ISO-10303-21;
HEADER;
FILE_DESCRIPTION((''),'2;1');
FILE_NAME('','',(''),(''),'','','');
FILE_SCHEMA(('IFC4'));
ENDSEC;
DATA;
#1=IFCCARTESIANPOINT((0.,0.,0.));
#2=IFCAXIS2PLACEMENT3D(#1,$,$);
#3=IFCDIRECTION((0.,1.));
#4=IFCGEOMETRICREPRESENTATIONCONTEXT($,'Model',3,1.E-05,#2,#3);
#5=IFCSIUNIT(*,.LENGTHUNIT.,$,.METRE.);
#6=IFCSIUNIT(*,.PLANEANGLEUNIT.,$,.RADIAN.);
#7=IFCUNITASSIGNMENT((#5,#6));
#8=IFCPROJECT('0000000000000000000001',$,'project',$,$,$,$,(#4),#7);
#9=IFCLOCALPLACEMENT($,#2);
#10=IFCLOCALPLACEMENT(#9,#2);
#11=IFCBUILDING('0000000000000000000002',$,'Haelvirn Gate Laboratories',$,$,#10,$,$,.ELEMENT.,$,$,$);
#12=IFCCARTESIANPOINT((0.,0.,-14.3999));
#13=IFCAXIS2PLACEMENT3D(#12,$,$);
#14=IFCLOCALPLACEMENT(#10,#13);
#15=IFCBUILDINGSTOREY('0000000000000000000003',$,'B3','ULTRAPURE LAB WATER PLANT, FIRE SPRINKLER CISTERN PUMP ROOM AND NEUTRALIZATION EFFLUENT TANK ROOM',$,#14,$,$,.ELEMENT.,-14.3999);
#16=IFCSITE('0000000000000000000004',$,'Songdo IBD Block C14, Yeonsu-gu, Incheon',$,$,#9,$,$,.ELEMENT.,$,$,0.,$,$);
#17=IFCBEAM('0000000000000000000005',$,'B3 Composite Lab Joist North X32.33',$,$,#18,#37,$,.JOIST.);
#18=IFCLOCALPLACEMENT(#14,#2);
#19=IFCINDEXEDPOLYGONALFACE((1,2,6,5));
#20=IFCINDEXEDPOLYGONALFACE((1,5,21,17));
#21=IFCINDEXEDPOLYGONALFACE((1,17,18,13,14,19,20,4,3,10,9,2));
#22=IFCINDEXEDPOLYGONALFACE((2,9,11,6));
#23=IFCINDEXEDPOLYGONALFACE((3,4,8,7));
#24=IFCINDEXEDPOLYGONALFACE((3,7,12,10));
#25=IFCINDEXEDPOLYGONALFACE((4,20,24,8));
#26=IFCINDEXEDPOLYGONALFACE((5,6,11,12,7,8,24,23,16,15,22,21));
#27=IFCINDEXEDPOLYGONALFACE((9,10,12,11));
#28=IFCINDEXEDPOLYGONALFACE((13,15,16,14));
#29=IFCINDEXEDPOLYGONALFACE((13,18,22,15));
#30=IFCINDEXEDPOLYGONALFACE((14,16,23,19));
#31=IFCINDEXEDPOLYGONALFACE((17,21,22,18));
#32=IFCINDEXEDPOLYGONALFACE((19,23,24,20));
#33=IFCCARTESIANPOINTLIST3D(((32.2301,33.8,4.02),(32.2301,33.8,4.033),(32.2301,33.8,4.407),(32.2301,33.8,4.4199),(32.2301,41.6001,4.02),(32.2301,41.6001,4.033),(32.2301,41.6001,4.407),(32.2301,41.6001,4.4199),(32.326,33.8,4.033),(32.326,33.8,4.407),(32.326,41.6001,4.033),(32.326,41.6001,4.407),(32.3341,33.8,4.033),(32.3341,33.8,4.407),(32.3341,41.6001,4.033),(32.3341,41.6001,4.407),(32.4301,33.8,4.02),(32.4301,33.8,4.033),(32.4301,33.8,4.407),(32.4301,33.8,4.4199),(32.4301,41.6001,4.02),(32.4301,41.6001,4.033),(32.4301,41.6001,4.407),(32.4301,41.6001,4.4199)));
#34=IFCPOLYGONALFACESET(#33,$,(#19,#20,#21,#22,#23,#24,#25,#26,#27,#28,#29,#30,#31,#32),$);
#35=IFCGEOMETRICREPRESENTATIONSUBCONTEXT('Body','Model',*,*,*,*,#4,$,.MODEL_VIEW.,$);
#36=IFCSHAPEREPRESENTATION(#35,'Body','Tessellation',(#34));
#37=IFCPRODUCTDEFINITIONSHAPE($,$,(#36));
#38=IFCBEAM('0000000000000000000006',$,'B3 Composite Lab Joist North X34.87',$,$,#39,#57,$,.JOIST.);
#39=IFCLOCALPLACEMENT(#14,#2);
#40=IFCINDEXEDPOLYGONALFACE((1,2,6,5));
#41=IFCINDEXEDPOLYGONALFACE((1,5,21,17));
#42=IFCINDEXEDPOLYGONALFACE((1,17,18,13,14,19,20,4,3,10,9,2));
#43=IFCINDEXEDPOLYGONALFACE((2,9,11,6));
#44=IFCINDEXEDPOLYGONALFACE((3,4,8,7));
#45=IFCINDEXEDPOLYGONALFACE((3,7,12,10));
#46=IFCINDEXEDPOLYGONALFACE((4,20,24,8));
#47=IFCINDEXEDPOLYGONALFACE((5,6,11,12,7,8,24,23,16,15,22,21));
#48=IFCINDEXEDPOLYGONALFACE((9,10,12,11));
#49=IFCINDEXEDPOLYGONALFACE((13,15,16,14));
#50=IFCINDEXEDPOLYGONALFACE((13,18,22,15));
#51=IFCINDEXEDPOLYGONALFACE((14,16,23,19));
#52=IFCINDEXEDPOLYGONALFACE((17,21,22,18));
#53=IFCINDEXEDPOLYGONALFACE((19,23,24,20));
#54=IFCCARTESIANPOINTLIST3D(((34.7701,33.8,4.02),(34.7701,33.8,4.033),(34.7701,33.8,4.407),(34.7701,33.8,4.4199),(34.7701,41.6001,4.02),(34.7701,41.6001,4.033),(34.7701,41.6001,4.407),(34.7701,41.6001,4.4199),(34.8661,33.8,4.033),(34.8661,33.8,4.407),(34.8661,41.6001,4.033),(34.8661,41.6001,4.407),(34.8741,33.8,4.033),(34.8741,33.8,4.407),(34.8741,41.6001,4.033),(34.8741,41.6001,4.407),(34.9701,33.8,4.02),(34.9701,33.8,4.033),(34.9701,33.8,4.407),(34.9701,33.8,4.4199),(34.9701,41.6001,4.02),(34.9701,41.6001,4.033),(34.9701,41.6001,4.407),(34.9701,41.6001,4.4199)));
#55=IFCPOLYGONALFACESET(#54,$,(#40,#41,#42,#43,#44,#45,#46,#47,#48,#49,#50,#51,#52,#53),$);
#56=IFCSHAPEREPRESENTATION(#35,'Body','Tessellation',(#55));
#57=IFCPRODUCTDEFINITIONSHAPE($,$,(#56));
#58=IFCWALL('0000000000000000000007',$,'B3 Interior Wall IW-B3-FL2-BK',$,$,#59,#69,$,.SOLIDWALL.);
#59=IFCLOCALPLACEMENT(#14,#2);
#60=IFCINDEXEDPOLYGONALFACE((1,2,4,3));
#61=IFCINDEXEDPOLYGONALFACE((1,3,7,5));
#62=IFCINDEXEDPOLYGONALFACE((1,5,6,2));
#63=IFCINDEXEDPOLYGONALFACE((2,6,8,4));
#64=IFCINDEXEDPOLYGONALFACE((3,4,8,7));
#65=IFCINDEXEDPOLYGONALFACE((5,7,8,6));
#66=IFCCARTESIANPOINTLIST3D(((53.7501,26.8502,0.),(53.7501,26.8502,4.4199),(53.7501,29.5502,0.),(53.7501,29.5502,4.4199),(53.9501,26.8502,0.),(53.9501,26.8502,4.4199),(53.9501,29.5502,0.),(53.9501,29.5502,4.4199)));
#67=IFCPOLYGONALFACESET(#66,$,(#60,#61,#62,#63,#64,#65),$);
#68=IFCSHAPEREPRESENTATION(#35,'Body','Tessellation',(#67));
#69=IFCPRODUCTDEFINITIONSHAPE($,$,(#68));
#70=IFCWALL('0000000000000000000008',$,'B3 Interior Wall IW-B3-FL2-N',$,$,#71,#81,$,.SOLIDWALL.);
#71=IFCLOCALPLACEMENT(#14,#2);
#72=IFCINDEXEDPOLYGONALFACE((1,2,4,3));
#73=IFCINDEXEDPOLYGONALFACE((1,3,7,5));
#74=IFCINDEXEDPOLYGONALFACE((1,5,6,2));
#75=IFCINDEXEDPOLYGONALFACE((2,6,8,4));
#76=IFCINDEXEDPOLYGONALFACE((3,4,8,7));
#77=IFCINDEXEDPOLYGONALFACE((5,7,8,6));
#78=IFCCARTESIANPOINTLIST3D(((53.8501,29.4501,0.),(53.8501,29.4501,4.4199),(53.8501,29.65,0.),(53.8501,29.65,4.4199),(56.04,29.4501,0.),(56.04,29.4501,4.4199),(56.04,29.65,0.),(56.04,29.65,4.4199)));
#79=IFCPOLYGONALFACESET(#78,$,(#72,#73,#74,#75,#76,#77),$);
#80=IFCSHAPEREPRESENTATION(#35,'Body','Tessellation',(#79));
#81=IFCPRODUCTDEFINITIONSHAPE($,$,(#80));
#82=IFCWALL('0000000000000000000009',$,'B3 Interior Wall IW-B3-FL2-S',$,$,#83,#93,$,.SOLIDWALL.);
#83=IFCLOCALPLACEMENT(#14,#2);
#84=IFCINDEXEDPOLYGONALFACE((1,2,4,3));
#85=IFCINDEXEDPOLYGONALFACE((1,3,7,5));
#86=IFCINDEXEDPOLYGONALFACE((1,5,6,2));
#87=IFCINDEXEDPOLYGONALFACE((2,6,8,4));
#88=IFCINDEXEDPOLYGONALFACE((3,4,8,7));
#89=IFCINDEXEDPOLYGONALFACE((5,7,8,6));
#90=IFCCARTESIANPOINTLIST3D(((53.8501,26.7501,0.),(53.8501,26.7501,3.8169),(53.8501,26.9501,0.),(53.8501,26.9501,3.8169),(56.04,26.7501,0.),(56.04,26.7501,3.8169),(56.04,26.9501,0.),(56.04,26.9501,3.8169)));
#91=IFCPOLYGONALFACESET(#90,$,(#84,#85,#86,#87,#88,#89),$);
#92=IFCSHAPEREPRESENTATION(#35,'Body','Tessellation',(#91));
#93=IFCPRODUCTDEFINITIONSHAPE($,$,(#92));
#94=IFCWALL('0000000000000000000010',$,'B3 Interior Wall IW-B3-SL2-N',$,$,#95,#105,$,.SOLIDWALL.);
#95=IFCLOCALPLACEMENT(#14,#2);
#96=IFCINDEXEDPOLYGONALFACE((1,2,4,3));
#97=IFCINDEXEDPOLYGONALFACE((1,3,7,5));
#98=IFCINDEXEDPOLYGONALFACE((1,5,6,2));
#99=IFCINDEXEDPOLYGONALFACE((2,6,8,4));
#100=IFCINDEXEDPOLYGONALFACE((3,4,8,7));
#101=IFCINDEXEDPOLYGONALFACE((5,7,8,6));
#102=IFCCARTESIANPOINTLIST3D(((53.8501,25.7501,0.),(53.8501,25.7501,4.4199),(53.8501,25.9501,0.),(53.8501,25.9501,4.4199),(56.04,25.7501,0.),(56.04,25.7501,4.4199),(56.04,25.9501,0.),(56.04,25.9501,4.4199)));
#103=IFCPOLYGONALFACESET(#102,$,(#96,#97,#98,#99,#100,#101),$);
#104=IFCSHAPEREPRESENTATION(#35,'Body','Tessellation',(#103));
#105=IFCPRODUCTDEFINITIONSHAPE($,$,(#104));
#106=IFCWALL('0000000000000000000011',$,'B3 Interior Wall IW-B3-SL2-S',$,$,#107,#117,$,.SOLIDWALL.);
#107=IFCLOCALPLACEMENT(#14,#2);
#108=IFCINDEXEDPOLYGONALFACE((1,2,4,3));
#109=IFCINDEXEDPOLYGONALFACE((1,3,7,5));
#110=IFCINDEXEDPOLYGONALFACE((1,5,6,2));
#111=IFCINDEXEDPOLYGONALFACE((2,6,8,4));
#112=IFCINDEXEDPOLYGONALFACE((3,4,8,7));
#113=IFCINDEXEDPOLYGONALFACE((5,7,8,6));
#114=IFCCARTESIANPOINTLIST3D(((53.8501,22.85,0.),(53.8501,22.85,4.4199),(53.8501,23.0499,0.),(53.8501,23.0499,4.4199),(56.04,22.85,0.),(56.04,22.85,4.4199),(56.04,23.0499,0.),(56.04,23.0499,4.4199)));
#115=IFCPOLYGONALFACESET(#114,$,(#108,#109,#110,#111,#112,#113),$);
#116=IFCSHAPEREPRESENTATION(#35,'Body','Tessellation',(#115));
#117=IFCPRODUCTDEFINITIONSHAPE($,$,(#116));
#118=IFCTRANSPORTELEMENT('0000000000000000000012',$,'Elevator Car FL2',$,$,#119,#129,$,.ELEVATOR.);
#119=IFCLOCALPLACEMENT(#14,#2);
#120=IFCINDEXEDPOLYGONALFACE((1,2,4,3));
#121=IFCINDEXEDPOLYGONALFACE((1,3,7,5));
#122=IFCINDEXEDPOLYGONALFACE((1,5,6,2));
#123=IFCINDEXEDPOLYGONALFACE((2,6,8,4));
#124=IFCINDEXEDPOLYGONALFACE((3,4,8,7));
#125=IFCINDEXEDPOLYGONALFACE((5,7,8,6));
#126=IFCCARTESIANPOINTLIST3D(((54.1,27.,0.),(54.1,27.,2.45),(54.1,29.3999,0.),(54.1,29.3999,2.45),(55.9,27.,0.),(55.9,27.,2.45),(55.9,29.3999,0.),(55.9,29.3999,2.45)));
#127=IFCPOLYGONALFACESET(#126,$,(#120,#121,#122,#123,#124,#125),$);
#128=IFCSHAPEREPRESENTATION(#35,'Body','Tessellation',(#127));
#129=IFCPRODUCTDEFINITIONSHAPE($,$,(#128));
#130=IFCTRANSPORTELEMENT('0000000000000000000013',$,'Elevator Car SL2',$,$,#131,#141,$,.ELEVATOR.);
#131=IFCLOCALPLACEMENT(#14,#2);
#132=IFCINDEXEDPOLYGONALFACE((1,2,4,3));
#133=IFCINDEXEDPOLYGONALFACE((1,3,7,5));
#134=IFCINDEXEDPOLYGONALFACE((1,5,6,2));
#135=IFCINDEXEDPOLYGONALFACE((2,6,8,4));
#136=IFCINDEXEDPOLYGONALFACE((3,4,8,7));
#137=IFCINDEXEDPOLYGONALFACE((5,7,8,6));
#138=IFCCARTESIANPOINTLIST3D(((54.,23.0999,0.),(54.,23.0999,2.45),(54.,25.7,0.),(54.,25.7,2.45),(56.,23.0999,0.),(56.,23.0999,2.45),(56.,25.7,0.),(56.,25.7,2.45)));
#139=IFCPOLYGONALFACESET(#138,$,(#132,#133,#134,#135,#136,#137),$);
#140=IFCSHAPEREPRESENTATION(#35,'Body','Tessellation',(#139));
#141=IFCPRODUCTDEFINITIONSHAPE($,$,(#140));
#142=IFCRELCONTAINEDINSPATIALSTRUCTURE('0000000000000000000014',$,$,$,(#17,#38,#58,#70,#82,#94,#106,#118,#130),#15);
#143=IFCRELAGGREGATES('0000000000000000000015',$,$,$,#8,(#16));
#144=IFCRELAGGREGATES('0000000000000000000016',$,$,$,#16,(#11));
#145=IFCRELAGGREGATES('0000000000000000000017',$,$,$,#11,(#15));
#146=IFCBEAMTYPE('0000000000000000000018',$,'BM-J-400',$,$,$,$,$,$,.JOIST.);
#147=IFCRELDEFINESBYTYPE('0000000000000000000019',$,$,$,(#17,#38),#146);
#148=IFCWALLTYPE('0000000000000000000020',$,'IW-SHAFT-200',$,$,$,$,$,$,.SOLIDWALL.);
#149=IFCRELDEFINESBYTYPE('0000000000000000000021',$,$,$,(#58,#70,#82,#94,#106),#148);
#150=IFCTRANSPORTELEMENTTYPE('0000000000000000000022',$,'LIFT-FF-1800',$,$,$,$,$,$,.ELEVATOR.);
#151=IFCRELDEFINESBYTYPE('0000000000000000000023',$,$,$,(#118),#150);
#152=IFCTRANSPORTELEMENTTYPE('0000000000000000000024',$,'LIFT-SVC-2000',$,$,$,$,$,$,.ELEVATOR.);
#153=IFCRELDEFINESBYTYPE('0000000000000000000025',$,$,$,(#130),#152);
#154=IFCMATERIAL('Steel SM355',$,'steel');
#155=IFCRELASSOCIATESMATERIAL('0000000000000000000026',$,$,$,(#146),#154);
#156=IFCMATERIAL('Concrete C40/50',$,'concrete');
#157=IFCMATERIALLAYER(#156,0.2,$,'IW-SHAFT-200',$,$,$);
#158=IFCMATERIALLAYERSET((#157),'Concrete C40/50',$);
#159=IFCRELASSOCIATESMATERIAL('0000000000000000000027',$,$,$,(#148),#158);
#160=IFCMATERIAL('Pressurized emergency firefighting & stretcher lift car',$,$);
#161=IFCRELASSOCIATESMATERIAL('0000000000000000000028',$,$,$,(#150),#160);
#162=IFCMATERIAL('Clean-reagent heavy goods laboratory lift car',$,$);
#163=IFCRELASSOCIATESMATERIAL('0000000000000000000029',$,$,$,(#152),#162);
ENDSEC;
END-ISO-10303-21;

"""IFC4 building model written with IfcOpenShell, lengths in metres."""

from ifc_helpers import new_model, si_unit, direction, frame, frame_2d, origin, origin_2d, place, context, subcontext, project, spatial, rectangle, i_section, extrude, source, transform, mapped, material, layer, layer_set, material_profile, profile_set, type_object, type_shapes, element, save


model = new_model("IFC4")

# Units and contexts
model_context = context("Model", 3, precision=1e-05, world=origin(), true_north=direction((0.0, 1.0)))
body_context = subcontext(model_context, "Body", "Model", "MODEL_VIEW")
ifc_project = project(units=[si_unit("LENGTHUNIT", "METRE"), si_unit("PLANEANGLEUNIT", "RADIAN")], contexts=[model_context])

# Site, building, storey
site_placement = place(None, origin())
site = spatial("IfcSite", under=ifc_project, at=site_placement, Name="Songdo IBD Block C14, Yeonsu-gu, Incheon", CompositionType="ELEMENT", RefElevation=0.0)
building_placement = place(site_placement, origin())
building = spatial("IfcBuilding", under=site, at=building_placement, Name="Haelvirn Gate Laboratories", CompositionType="ELEMENT")
storey_placement = place(building_placement, frame((0.0, 0.0, -14.3999)))
storey = spatial("IfcBuildingStorey", under=building, at=storey_placement, Name="B3", Description="ULTRAPURE LAB WATER PLANT, FIRE SPRINKLER CISTERN PUMP ROOM AND NEUTRALIZATION EFFLUENT TANK ROOM", CompositionType="ELEMENT", Elevation=-14.3999)

# Beams
ifc_material_1 = material(Name="Steel SM355", Category="steel")
ifc_material_profile_1 = material_profile(ifc_material_1, i_section(OverallWidth=0.2, OverallDepth=0.3999, WebThickness=0.0081, FlangeThickness=0.0129, at=origin_2d()), Name="H-400x200x8x13")
ifc_profile_set_1 = profile_set([ifc_material_profile_1], Name="Steel SM355")
beam_type_1 = type_object("IfcBeamType", Name="BM-J-400", PredefinedType="JOIST", material=ifc_profile_set_1)
shared_shape_1 = source(origin(), body_context, "Body", "SweptSolid", [
    extrude(i_section(OverallWidth=0.2, OverallDepth=0.3999, WebThickness=0.0081, FlangeThickness=0.0129, at=origin_2d()), origin(), (0.0, 0.0, 1.0), 7.8),
])
type_shapes(beam_type_1, [shared_shape_1])
for number, where, z_axis, x_axis, name in (
    (1, (32.3301, 33.8, 4.22), (0.0, 1.0, 0.0), (-1.0, 0.0, 0.0), "B3 Composite Lab Joist North X32.33"),
    (2, (34.8701, 33.8, 4.22), (0.0, 1.0, 0.0), (-1.0, 0.0, 0.0), "B3 Composite Lab Joist North X34.87"),
):
    element("IfcBeam", number, at=place(storey_placement, frame(where, z_axis=z_axis, x_axis=x_axis)), inside=storey, type_object=beam_type_1, Name=name, PredefinedType="JOIST", context=body_context, shape_type="MappedRepresentation", body=[
        mapped(shared_shape_1, transform((0.0, 0.0, 0.0), scale=1.0)),
    ])

# Walls
ifc_material_2 = material(Name="Concrete C40/50", Category="concrete")
ifc_layer = layer(ifc_material_2, 0.2, Name="IW-SHAFT-200")
ifc_layer_set = layer_set([ifc_layer], Name="Concrete C40/50")
wall_type = type_object("IfcWallType", Name="IW-SHAFT-200", PredefinedType="SOLIDWALL", material=ifc_layer_set)
wall_1_placement = place(storey_placement, frame((53.8501, 26.8501, 0.0), z_axis=(0.0, 0.0, 1.0), x_axis=(0.0, 1.0, 0.0)))
element("IfcWall", 3, at=wall_1_placement, inside=storey, type_object=wall_type, Name="B3 Interior Wall IW-B3-FL2-BK", PredefinedType="SOLIDWALL", context=body_context, shape_type="SweptSolid", body=[
    extrude(rectangle(XDim=2.7, YDim=0.2, at=frame_2d((1.3501, 0.0))), origin(), (0.0, 0.0, 1.0), 4.4199),
])
wall_2_placement = place(storey_placement, frame((53.8501, 29.55, 0.0), z_axis=(0.0, 0.0, 1.0), x_axis=(1.0, 0.0, 0.0)))
element("IfcWall", 4, at=wall_2_placement, inside=storey, type_object=wall_type, Name="B3 Interior Wall IW-B3-FL2-N", PredefinedType="SOLIDWALL", context=body_context, shape_type="SweptSolid", body=[
    extrude(rectangle(XDim=2.1899, YDim=0.2, at=frame_2d((1.095, 0.0))), origin(), (0.0, 0.0, 1.0), 4.4199),
])
wall_3_placement = place(storey_placement, frame((53.8501, 26.8501, 0.0), z_axis=(0.0, 0.0, 1.0), x_axis=(1.0, 0.0, 0.0)))
element("IfcWall", 5, at=wall_3_placement, inside=storey, type_object=wall_type, Name="B3 Interior Wall IW-B3-FL2-S", PredefinedType="SOLIDWALL", context=body_context, shape_type="SweptSolid", body=[
    extrude(rectangle(XDim=2.1899, YDim=0.2, at=frame_2d((1.095, 0.0))), origin(), (0.0, 0.0, 1.0), 3.8169),
])
for number, where, z_axis, x_axis, name in (
    (6, (53.8501, 25.8501, 0.0), (0.0, 0.0, 1.0), (1.0, 0.0, 0.0), "B3 Interior Wall IW-B3-SL2-N"),
    (7, (53.8501, 22.95, 0.0), (0.0, 0.0, 1.0), (1.0, 0.0, 0.0), "B3 Interior Wall IW-B3-SL2-S"),
):
    element("IfcWall", number, at=place(storey_placement, frame(where, z_axis=z_axis, x_axis=x_axis)), inside=storey, type_object=wall_type, Name=name, PredefinedType="SOLIDWALL", context=body_context, shape_type="SweptSolid", body=[
        extrude(rectangle(XDim=2.1899, YDim=0.2, at=frame_2d((1.095, 0.0))), origin(), (0.0, 0.0, 1.0), 4.4199),
    ])

# Transport elements
ifc_material_3 = material(Name="Pressurized emergency firefighting & stretcher lift car")
transport_element_type_1 = type_object("IfcTransportElementType", Name="LIFT-FF-1800", PredefinedType="ELEVATOR", material=ifc_material_3)
shared_shape_2 = source(origin(), body_context, "Body", "SweptSolid", [
    extrude(rectangle(XDim=1.8, YDim=2.3999, at=origin_2d()), origin(), (0.0, 0.0, 1.0), 2.45),
])
type_shapes(transport_element_type_1, [shared_shape_2])
transport_element_1_placement = place(storey_placement, frame((55.0, 28.2, 0.0), z_axis=(0.0, 0.0, 1.0), x_axis=(1.0, 0.0, 0.0)))
element("IfcTransportElement", 8, at=transport_element_1_placement, inside=storey, type_object=transport_element_type_1, Name="Elevator Car FL2", PredefinedType="ELEVATOR", context=body_context, shape_type="MappedRepresentation", body=[
    mapped(shared_shape_2, transform((0.0, 0.0, 0.0), scale=1.0)),
])
ifc_material_4 = material(Name="Clean-reagent heavy goods laboratory lift car")
transport_element_type_2 = type_object("IfcTransportElementType", Name="LIFT-SVC-2000", PredefinedType="ELEVATOR", material=ifc_material_4)
shared_shape_3 = source(origin(), body_context, "Body", "SweptSolid", [
    extrude(rectangle(XDim=2.0, YDim=2.6001, at=origin_2d()), origin(), (0.0, 0.0, 1.0), 2.45),
])
type_shapes(transport_element_type_2, [shared_shape_3])
transport_element_2_placement = place(storey_placement, frame((55.0, 24.3999, 0.0), z_axis=(0.0, 0.0, 1.0), x_axis=(1.0, 0.0, 0.0)))
element("IfcTransportElement", 9, at=transport_element_2_placement, inside=storey, type_object=transport_element_type_2, Name="Elevator Car SL2", PredefinedType="ELEVATOR", context=body_context, shape_type="MappedRepresentation", body=[
    mapped(shared_shape_3, transform((0.0, 0.0, 0.0), scale=1.0)),
])

save(model, "model.ifc")
